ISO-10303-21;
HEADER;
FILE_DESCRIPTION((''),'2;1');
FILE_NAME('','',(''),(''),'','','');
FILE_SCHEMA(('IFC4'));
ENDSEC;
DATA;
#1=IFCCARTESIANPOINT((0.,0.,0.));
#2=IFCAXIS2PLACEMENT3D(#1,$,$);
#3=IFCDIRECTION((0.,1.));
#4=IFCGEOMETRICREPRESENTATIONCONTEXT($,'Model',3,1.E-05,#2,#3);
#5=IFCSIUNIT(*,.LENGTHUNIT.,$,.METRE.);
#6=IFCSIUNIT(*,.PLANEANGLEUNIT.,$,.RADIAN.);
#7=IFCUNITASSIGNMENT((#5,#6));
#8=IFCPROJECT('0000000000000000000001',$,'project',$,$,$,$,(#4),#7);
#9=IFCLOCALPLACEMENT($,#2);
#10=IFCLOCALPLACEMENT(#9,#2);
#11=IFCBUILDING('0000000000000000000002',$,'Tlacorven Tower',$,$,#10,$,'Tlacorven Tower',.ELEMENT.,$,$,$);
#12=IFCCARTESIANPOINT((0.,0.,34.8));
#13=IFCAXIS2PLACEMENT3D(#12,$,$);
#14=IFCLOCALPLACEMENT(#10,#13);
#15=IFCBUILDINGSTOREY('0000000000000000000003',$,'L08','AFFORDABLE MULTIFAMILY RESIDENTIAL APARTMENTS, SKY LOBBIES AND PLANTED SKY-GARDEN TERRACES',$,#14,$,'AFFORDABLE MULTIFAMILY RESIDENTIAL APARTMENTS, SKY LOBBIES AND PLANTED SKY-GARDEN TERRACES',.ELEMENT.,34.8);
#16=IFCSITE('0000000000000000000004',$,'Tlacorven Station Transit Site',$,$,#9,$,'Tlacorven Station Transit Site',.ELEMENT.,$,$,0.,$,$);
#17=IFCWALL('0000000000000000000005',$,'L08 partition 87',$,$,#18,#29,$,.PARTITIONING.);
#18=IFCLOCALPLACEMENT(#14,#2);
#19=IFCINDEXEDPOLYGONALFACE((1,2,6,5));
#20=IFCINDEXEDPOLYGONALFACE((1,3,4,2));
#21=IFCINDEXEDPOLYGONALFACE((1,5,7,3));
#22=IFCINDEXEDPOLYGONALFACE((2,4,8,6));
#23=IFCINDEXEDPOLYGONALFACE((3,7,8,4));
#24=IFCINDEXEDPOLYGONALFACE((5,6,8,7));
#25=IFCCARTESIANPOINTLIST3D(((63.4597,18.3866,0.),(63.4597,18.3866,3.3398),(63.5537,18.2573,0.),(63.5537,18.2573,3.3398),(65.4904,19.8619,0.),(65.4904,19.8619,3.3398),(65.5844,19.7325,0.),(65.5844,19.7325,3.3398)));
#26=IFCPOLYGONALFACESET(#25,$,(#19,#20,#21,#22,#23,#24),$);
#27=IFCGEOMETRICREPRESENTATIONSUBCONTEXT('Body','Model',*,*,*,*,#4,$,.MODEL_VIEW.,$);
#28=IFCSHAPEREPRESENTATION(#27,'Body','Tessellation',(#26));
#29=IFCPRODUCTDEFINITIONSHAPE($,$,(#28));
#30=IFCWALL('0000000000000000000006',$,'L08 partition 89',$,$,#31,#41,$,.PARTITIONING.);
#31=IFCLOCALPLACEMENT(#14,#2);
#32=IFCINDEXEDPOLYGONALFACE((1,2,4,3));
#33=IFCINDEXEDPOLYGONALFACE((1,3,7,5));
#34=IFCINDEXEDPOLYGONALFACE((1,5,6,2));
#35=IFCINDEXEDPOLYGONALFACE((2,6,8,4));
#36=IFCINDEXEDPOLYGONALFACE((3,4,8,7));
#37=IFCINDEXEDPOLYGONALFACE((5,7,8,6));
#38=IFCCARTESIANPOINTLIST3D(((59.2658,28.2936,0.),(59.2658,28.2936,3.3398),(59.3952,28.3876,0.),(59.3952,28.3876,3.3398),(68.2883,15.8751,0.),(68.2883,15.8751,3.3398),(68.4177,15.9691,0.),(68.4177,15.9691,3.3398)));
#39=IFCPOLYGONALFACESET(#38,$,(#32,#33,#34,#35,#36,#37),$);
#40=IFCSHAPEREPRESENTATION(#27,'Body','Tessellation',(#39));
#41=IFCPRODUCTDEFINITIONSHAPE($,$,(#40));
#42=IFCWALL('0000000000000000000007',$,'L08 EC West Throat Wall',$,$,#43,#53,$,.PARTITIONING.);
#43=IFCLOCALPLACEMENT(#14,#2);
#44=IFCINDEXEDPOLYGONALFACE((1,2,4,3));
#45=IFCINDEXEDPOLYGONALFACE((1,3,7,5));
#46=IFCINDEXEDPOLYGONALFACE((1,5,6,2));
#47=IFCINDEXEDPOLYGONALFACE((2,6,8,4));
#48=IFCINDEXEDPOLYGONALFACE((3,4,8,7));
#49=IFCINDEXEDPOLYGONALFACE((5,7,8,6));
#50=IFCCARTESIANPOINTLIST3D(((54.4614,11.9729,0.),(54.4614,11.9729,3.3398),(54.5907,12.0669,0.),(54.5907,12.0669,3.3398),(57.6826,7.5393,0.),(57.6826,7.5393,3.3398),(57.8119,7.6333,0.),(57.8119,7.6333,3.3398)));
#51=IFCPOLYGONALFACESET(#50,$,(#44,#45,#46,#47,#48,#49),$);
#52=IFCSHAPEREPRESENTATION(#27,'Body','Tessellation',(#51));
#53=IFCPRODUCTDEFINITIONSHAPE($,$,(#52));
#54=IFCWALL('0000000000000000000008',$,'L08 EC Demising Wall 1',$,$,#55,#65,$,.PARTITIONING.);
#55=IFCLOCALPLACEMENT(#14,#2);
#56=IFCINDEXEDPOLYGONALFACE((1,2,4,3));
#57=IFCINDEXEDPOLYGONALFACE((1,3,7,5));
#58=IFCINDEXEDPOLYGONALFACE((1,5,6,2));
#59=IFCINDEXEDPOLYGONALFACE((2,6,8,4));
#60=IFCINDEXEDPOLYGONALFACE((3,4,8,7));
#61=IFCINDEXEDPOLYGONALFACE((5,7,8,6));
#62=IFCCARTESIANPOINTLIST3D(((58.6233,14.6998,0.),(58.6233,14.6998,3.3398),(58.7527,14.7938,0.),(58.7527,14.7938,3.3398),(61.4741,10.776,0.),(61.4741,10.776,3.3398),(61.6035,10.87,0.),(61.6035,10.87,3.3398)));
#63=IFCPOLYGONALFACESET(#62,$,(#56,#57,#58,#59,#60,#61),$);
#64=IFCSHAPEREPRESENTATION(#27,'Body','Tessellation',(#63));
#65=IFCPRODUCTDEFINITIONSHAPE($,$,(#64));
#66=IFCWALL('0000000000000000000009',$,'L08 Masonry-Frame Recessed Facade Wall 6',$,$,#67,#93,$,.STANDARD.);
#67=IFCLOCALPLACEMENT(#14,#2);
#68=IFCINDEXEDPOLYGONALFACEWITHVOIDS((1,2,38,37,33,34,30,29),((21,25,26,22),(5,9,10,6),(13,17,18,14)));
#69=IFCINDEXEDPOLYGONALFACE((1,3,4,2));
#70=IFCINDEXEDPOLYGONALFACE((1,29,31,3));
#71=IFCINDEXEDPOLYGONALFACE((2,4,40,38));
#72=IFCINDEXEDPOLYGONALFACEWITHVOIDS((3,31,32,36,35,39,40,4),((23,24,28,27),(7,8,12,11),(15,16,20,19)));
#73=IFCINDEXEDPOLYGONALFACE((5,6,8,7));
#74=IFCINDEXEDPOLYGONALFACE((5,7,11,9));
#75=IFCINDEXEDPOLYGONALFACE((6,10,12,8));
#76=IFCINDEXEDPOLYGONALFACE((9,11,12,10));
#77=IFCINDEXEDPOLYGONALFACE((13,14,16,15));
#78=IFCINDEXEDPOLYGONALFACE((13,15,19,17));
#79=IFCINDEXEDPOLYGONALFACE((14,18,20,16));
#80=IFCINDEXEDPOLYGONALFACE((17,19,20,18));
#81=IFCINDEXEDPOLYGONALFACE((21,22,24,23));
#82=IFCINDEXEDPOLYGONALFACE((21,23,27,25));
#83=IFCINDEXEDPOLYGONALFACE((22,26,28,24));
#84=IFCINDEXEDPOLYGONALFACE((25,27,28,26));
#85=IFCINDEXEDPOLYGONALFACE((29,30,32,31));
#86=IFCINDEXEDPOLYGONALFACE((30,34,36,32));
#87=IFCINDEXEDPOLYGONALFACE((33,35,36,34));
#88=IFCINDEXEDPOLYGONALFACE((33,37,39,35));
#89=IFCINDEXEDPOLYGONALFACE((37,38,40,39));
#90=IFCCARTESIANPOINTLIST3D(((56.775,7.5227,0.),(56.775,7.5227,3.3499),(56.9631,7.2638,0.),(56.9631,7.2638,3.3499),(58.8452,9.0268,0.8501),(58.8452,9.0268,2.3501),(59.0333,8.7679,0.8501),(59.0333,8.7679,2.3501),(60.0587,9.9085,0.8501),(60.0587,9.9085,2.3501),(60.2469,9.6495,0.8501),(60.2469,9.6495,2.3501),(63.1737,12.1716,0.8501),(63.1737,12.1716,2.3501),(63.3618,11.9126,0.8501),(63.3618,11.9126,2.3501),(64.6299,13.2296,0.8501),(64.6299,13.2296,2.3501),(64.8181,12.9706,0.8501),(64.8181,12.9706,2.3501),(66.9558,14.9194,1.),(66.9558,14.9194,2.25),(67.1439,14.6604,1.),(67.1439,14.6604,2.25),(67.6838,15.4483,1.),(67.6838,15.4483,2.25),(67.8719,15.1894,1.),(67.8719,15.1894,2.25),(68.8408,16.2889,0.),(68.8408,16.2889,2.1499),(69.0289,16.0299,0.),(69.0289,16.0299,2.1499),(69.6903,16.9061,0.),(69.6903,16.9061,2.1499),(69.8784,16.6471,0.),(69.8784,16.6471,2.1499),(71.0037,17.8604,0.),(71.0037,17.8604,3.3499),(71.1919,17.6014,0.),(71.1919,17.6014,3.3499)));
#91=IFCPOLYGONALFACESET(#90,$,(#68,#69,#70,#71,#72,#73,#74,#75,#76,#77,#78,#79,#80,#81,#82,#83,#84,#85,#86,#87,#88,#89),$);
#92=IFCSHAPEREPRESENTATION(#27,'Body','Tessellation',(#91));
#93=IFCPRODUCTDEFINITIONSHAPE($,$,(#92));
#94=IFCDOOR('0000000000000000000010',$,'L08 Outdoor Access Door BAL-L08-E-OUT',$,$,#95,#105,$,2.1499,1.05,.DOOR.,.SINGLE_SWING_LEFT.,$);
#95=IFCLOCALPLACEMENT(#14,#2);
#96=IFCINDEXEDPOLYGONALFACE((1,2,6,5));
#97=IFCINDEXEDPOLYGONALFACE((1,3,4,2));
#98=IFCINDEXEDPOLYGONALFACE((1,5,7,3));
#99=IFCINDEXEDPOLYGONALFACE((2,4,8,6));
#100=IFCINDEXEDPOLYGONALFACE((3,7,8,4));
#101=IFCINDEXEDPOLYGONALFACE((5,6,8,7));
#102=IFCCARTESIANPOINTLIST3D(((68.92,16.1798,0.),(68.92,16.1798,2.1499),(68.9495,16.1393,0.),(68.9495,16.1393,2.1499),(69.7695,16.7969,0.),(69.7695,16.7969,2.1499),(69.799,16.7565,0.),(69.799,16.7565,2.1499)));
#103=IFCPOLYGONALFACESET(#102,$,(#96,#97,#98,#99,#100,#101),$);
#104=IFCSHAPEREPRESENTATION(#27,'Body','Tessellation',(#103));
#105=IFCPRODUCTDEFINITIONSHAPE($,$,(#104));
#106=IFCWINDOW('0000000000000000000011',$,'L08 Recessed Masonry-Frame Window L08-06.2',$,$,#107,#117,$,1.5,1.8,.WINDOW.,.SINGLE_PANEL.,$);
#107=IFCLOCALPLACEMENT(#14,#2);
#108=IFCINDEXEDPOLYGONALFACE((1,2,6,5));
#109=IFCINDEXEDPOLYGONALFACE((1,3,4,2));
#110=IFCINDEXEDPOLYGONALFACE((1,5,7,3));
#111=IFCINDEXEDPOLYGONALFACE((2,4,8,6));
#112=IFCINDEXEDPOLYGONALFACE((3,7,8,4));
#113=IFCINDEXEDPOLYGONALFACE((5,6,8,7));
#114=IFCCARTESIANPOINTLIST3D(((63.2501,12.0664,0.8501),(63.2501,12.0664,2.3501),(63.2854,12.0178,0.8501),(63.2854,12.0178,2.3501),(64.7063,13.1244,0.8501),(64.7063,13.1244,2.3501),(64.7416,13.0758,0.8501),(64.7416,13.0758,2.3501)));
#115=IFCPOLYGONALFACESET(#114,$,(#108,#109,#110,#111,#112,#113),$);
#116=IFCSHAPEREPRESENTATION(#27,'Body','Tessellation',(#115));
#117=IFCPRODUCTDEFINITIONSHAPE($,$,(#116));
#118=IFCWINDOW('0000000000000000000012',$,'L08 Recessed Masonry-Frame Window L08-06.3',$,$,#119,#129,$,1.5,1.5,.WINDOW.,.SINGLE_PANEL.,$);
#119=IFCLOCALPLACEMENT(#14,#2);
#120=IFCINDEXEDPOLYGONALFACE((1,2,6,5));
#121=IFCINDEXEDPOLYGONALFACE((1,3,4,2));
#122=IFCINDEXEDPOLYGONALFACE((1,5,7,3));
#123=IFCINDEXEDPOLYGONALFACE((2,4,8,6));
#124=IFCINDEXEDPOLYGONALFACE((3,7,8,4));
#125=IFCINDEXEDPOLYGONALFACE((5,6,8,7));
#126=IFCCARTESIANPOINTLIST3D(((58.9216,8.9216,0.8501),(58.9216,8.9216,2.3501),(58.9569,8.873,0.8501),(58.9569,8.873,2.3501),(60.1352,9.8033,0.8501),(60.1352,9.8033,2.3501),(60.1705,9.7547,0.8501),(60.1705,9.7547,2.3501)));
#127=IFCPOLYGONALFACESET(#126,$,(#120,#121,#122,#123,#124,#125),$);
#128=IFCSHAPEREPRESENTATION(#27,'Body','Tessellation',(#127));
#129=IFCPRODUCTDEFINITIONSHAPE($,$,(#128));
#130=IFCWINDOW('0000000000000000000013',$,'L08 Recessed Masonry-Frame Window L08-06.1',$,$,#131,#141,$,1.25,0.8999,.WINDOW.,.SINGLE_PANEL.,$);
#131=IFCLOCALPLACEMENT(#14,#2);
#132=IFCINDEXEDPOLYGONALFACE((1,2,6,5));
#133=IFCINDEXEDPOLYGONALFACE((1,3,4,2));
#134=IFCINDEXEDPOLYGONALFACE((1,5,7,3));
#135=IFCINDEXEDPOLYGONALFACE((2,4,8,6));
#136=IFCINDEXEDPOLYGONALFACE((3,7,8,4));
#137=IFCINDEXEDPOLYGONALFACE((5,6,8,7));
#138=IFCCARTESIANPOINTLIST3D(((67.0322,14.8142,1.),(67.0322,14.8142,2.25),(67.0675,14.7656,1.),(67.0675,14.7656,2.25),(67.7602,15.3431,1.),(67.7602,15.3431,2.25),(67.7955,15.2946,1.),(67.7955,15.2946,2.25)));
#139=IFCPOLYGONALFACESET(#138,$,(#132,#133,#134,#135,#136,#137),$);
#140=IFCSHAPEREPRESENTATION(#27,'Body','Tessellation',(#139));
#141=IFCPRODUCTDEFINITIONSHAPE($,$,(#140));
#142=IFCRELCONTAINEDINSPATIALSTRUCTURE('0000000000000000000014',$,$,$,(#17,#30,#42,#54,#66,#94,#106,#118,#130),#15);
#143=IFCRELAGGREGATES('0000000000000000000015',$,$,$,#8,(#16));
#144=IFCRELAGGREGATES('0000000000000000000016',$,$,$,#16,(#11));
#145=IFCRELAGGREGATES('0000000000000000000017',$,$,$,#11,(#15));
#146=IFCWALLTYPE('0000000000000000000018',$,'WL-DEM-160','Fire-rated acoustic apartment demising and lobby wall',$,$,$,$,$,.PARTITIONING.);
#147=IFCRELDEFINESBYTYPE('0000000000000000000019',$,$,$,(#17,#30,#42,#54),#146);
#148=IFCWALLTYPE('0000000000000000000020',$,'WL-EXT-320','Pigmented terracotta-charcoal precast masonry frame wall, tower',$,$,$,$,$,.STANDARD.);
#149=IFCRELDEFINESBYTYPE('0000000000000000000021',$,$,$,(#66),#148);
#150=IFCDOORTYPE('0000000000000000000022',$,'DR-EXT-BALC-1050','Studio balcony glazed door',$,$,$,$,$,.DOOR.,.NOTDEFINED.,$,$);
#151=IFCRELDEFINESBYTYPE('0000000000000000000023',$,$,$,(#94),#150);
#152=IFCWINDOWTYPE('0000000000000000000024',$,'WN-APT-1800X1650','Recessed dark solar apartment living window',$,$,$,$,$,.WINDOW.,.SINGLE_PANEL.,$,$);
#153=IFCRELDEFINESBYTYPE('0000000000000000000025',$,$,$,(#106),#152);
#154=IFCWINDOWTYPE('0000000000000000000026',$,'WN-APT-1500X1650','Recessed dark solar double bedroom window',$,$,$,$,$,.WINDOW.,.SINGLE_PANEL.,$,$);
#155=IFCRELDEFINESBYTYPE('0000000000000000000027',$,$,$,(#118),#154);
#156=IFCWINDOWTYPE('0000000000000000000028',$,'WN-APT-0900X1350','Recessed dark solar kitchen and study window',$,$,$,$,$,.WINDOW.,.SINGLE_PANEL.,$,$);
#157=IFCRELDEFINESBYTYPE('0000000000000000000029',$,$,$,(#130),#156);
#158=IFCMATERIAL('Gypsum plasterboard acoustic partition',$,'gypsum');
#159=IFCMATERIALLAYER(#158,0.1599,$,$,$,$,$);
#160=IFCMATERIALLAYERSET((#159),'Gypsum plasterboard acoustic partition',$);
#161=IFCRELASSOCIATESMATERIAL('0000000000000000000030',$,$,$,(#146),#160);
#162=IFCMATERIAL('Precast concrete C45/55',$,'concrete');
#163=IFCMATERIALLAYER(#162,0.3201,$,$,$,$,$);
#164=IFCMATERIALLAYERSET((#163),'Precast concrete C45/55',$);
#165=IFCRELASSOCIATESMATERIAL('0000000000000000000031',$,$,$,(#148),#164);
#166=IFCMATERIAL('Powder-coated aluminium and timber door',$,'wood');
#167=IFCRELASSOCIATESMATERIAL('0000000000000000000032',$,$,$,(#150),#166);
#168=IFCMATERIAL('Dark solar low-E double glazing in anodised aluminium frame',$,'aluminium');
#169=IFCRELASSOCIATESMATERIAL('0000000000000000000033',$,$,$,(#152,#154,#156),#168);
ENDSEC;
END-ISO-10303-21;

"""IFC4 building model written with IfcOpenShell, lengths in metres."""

from ifc_helpers import new_model, si_unit, direction, frame, frame_2d, origin, place, context, subcontext, project, spatial, rectangle, extrude, source, transform, mapped, material, layer, layer_set, type_object, element, fill, save


model = new_model("IFC4")

# Units and contexts
model_context = context("Model", 3, precision=1e-05, world=origin(), true_north=direction((0.0, 1.0)))
body_context = subcontext(model_context, "Body", "Model", "MODEL_VIEW")
ifc_project = project(units=[si_unit("LENGTHUNIT", "METRE"), si_unit("PLANEANGLEUNIT", "RADIAN")], contexts=[model_context])

# Site, building, storey
site_placement = place(None, origin())
site = spatial("IfcSite", under=ifc_project, at=site_placement, Name="Tlacorven Station Transit Site", LongName="Tlacorven Station Transit Site", CompositionType="ELEMENT", RefElevation=0.0)
building_placement = place(site_placement, origin())
building = spatial("IfcBuilding", under=site, at=building_placement, Name="Tlacorven Tower", LongName="Tlacorven Tower", CompositionType="ELEMENT")
storey_placement = place(building_placement, frame((0.0, 0.0, 34.8)))
storey = spatial("IfcBuildingStorey", under=building, at=storey_placement, Name="L08", Description="AFFORDABLE MULTIFAMILY RESIDENTIAL APARTMENTS, SKY LOBBIES AND PLANTED SKY-GARDEN TERRACES", LongName="AFFORDABLE MULTIFAMILY RESIDENTIAL APARTMENTS, SKY LOBBIES AND PLANTED SKY-GARDEN TERRACES", CompositionType="ELEMENT", Elevation=34.8)

# Walls
ifc_material_1 = material(Name="Gypsum plasterboard acoustic partition", Category="gypsum")
ifc_layer_1 = layer(ifc_material_1, 0.1599)
ifc_layer_set_1 = layer_set([ifc_layer_1], Name="Gypsum plasterboard acoustic partition")
wall_type_1 = type_object("IfcWallType", Name="WL-DEM-160", Description="Fire-rated acoustic apartment demising and lobby wall", PredefinedType="PARTITIONING", material=ifc_layer_set_1)
wall_1_placement = place(storey_placement, frame((63.5068, 18.322, 0.0), z_axis=(0.0, 0.0, 1.0), x_axis=(0.809035, 0.587761, 0.0)))
element("IfcWall", 1, at=wall_1_placement, inside=storey, type_object=wall_type_1, Name="L08 partition 87", PredefinedType="PARTITIONING", context=body_context, shape_type="SweptSolid", body=[
    extrude(rectangle(XDim=2.51, YDim=0.1599, at=frame_2d((1.2549, 0.0))), origin(), (0.0, 0.0, 1.0), 3.3398),
])
wall_2_placement = place(storey_placement, frame((68.353, 15.9221, 0.0), z_axis=(0.0, 0.0, 1.0), x_axis=(-0.587782, 0.809019, 0.0)))
element("IfcWall", 2, at=wall_2_placement, inside=storey, type_object=wall_type_1, Name="L08 partition 89", PredefinedType="PARTITIONING", context=body_context, shape_type="SweptSolid", body=[
    extrude(rectangle(XDim=15.3501, YDim=0.1599, at=frame_2d((7.675, 0.0))), origin(), (0.0, 0.0, 1.0), 3.3398),
])
wall_3_placement = place(storey_placement, frame((57.7473, 7.5862, 0.0), z_axis=(0.0, 0.0, 1.0), x_axis=(-0.587785, 0.809017, 0.0)))
element("IfcWall", 3, at=wall_3_placement, inside=storey, type_object=wall_type_1, Name="L08 EC West Throat Wall", PredefinedType="PARTITIONING", context=body_context, shape_type="SweptSolid", body=[
    extrude(rectangle(XDim=5.4802, YDim=0.1599, at=frame_2d((2.7402, 0.0))), origin(), (0.0, 0.0, 1.0), 3.3398),
])
wall_4_placement = place(storey_placement, frame((61.5388, 10.823, 0.0), z_axis=(0.0, 0.0, 1.0), x_axis=(-0.587786, 0.809017, 0.0)))
element("IfcWall", 4, at=wall_4_placement, inside=storey, type_object=wall_type_1, Name="L08 EC Demising Wall 1", PredefinedType="PARTITIONING", context=body_context, shape_type="SweptSolid", body=[
    extrude(rectangle(XDim=4.8501, YDim=0.1599, at=frame_2d((2.425, 0.0))), origin(), (0.0, 0.0, 1.0), 3.3398),
])

# Wall, openings, door, windows
ifc_material_2 = material(Name="Precast concrete C45/55", Category="concrete")
ifc_layer_2 = layer(ifc_material_2, 0.3201)
ifc_layer_set_2 = layer_set([ifc_layer_2], Name="Precast concrete C45/55")
wall_type_2 = type_object("IfcWallType", Name="WL-EXT-320", Description="Pigmented terracotta-charcoal precast masonry frame wall, tower", PredefinedType="STANDARD", material=ifc_layer_set_2)
wall_5_placement = place(storey_placement, frame((71.0979, 17.731, 0.0), z_axis=(0.0, 0.0, 1.0), x_axis=(-0.809021, -0.58778, 0.0)))
wall_5 = element("IfcWall", 5, at=wall_5_placement, inside=storey, type_object=wall_type_2, Name="L08 Masonry-Frame Recessed Facade Wall 6", PredefinedType="STANDARD", context=body_context, shape_type="SweptSolid", body=[
    extrude(rectangle(XDim=17.5876, YDim=0.3201, at=frame_2d((8.7939, 0.0))), origin(), (0.0, 0.0, 1.0), 3.3499),
])
opening_1_placement = place(wall_5_placement, frame((1.6238, 0.0, 0.0)))
opening_1 = element("IfcOpeningElement", 6, at=opening_1_placement, cuts=wall_5, PredefinedType="OPENING", context=body_context, shape_type="SweptSolid", body=[
    extrude(rectangle(XDim=1.05, YDim=2.1499, at=frame_2d((0.5249, 1.075))), frame((0.0, 0.1699, 0.0), z_axis=(0.0, -1.0, 0.0), x_axis=(1.0, 0.0, 0.0)), (0.0, 0.0, 1.0), 0.3401),
])
opening_2_placement = place(wall_5_placement, frame((4.1038, 0.0, 1.0)))
opening_2 = element("IfcOpeningElement", 7, at=opening_2_placement, cuts=wall_5, PredefinedType="OPENING", context=body_context, shape_type="SweptSolid", body=[
    extrude(rectangle(XDim=0.8999, YDim=1.25, at=frame_2d((0.45, 0.625))), frame((0.0, 0.1699, 0.0), z_axis=(0.0, -1.0, 0.0), x_axis=(1.0, 0.0, 0.0)), (0.0, 0.0, 1.0), 0.3401),
])
opening_3_placement = place(wall_5_placement, frame((7.8787, 0.0, 0.8501)))
opening_3 = element("IfcOpeningElement", 8, at=opening_3_placement, cuts=wall_5, PredefinedType="OPENING", context=body_context, shape_type="SweptSolid", body=[
    extrude(rectangle(XDim=1.8, YDim=1.5, at=frame_2d((0.8999, 0.75))), frame((0.0, 0.1699, 0.0), z_axis=(0.0, -1.0, 0.0), x_axis=(1.0, 0.0, 0.0)), (0.0, 0.0, 1.0), 0.3401),
])
opening_4_placement = place(wall_5_placement, frame((13.5288, 0.0, 0.8501)))
opening_4 = element("IfcOpeningElement", 9, at=opening_4_placement, cuts=wall_5, PredefinedType="OPENING", context=body_context, shape_type="SweptSolid", body=[
    extrude(rectangle(XDim=1.5, YDim=1.5, at=frame_2d((0.75, 0.75))), frame((0.0, 0.1699, 0.0), z_axis=(0.0, -1.0, 0.0), x_axis=(1.0, 0.0, 0.0)), (0.0, 0.0, 1.0), 0.3401),
])
ifc_material_3 = material(Name="Powder-coated aluminium and timber door", Category="wood")
door_type = type_object("IfcDoorType", Name="DR-EXT-BALC-1050", Description="Studio balcony glazed door", OperationType="NOTDEFINED", PredefinedType="DOOR", material=ifc_material_3)
shared_shape_1 = source(origin(), body_context, "Body", "SweptSolid", [
    extrude(rectangle(XDim=1.05, YDim=2.1499, at=frame_2d((0.5249, 1.075))), frame((0.0, 0.0249, 0.0), z_axis=(0.0, -1.0, 0.0), x_axis=(1.0, 0.0, 0.0)), (0.0, 0.0, 1.0), 0.05),
])
door_placement = place(opening_1_placement, origin())
door = element("IfcDoor", 10, at=door_placement, inside=storey, type_object=door_type, Name="L08 Outdoor Access Door BAL-L08-E-OUT", OperationType="SINGLE_SWING_LEFT", OverallHeight=2.1499, OverallWidth=1.05, PredefinedType="DOOR", context=body_context, shape_type="MappedRepresentation", body=[
    mapped(shared_shape_1, transform((0.0, 0.0, 0.0), scale=1.0)),
])
fill(opening_1, door)
ifc_material_4 = material(Name="Dark solar low-E double glazing in anodised aluminium frame", Category="aluminium")
window_type_1 = type_object("IfcWindowType", Name="WN-APT-1800X1650", Description="Recessed dark solar apartment living window", PartitioningType="SINGLE_PANEL", PredefinedType="WINDOW", material=ifc_material_4)
shared_shape_2 = source(origin(), body_context, "Body", "SweptSolid", [
    extrude(rectangle(XDim=1.8, YDim=1.5, at=frame_2d((0.8999, 0.75))), frame((0.0, 0.03, 0.0), z_axis=(0.0, -1.0, 0.0), x_axis=(1.0, 0.0, 0.0)), (0.0, 0.0, 1.0), 0.0601),
])
window_1_placement = place(opening_3_placement, origin())
window_1 = element("IfcWindow", 11, at=window_1_placement, inside=storey, type_object=window_type_1, Name="L08 Recessed Masonry-Frame Window L08-06.2", OverallHeight=1.5, OverallWidth=1.8, PartitioningType="SINGLE_PANEL", PredefinedType="WINDOW", context=body_context, shape_type="MappedRepresentation", body=[
    mapped(shared_shape_2, transform((0.0, 0.0, 0.0), scale=1.0)),
])
fill(opening_3, window_1)
window_type_2 = type_object("IfcWindowType", Name="WN-APT-1500X1650", Description="Recessed dark solar double bedroom window", PartitioningType="SINGLE_PANEL", PredefinedType="WINDOW", material=ifc_material_4)
shared_shape_3 = source(origin(), body_context, "Body", "SweptSolid", [
    extrude(rectangle(XDim=1.5, YDim=1.5, at=frame_2d((0.75, 0.75))), frame((0.0, 0.03, 0.0), z_axis=(0.0, -1.0, 0.0), x_axis=(1.0, 0.0, 0.0)), (0.0, 0.0, 1.0), 0.0601),
])
window_2_placement = place(opening_4_placement, origin())
window_2 = element("IfcWindow", 12, at=window_2_placement, inside=storey, type_object=window_type_2, Name="L08 Recessed Masonry-Frame Window L08-06.3", OverallHeight=1.5, OverallWidth=1.5, PartitioningType="SINGLE_PANEL", PredefinedType="WINDOW", context=body_context, shape_type="MappedRepresentation", body=[
    mapped(shared_shape_3, transform((0.0, 0.0, 0.0), scale=1.0)),
])
fill(opening_4, window_2)
window_type_3 = type_object("IfcWindowType", Name="WN-APT-0900X1350", Description="Recessed dark solar kitchen and study window", PartitioningType="SINGLE_PANEL", PredefinedType="WINDOW", material=ifc_material_4)
shared_shape_4 = source(origin(), body_context, "Body", "SweptSolid", [
    extrude(rectangle(XDim=0.8999, YDim=1.25, at=frame_2d((0.45, 0.625))), frame((0.0, 0.03, 0.0), z_axis=(0.0, -1.0, 0.0), x_axis=(1.0, 0.0, 0.0)), (0.0, 0.0, 1.0), 0.0601),
])
window_3_placement = place(opening_2_placement, origin())
window_3 = element("IfcWindow", 13, at=window_3_placement, inside=storey, type_object=window_type_3, Name="L08 Recessed Masonry-Frame Window L08-06.1", OverallHeight=1.25, OverallWidth=0.8999, PartitioningType="SINGLE_PANEL", PredefinedType="WINDOW", context=body_context, shape_type="MappedRepresentation", body=[
    mapped(shared_shape_4, transform((0.0, 0.0, 0.0), scale=1.0)),
])
fill(opening_2, window_3)

save(model, "model.ifc")
